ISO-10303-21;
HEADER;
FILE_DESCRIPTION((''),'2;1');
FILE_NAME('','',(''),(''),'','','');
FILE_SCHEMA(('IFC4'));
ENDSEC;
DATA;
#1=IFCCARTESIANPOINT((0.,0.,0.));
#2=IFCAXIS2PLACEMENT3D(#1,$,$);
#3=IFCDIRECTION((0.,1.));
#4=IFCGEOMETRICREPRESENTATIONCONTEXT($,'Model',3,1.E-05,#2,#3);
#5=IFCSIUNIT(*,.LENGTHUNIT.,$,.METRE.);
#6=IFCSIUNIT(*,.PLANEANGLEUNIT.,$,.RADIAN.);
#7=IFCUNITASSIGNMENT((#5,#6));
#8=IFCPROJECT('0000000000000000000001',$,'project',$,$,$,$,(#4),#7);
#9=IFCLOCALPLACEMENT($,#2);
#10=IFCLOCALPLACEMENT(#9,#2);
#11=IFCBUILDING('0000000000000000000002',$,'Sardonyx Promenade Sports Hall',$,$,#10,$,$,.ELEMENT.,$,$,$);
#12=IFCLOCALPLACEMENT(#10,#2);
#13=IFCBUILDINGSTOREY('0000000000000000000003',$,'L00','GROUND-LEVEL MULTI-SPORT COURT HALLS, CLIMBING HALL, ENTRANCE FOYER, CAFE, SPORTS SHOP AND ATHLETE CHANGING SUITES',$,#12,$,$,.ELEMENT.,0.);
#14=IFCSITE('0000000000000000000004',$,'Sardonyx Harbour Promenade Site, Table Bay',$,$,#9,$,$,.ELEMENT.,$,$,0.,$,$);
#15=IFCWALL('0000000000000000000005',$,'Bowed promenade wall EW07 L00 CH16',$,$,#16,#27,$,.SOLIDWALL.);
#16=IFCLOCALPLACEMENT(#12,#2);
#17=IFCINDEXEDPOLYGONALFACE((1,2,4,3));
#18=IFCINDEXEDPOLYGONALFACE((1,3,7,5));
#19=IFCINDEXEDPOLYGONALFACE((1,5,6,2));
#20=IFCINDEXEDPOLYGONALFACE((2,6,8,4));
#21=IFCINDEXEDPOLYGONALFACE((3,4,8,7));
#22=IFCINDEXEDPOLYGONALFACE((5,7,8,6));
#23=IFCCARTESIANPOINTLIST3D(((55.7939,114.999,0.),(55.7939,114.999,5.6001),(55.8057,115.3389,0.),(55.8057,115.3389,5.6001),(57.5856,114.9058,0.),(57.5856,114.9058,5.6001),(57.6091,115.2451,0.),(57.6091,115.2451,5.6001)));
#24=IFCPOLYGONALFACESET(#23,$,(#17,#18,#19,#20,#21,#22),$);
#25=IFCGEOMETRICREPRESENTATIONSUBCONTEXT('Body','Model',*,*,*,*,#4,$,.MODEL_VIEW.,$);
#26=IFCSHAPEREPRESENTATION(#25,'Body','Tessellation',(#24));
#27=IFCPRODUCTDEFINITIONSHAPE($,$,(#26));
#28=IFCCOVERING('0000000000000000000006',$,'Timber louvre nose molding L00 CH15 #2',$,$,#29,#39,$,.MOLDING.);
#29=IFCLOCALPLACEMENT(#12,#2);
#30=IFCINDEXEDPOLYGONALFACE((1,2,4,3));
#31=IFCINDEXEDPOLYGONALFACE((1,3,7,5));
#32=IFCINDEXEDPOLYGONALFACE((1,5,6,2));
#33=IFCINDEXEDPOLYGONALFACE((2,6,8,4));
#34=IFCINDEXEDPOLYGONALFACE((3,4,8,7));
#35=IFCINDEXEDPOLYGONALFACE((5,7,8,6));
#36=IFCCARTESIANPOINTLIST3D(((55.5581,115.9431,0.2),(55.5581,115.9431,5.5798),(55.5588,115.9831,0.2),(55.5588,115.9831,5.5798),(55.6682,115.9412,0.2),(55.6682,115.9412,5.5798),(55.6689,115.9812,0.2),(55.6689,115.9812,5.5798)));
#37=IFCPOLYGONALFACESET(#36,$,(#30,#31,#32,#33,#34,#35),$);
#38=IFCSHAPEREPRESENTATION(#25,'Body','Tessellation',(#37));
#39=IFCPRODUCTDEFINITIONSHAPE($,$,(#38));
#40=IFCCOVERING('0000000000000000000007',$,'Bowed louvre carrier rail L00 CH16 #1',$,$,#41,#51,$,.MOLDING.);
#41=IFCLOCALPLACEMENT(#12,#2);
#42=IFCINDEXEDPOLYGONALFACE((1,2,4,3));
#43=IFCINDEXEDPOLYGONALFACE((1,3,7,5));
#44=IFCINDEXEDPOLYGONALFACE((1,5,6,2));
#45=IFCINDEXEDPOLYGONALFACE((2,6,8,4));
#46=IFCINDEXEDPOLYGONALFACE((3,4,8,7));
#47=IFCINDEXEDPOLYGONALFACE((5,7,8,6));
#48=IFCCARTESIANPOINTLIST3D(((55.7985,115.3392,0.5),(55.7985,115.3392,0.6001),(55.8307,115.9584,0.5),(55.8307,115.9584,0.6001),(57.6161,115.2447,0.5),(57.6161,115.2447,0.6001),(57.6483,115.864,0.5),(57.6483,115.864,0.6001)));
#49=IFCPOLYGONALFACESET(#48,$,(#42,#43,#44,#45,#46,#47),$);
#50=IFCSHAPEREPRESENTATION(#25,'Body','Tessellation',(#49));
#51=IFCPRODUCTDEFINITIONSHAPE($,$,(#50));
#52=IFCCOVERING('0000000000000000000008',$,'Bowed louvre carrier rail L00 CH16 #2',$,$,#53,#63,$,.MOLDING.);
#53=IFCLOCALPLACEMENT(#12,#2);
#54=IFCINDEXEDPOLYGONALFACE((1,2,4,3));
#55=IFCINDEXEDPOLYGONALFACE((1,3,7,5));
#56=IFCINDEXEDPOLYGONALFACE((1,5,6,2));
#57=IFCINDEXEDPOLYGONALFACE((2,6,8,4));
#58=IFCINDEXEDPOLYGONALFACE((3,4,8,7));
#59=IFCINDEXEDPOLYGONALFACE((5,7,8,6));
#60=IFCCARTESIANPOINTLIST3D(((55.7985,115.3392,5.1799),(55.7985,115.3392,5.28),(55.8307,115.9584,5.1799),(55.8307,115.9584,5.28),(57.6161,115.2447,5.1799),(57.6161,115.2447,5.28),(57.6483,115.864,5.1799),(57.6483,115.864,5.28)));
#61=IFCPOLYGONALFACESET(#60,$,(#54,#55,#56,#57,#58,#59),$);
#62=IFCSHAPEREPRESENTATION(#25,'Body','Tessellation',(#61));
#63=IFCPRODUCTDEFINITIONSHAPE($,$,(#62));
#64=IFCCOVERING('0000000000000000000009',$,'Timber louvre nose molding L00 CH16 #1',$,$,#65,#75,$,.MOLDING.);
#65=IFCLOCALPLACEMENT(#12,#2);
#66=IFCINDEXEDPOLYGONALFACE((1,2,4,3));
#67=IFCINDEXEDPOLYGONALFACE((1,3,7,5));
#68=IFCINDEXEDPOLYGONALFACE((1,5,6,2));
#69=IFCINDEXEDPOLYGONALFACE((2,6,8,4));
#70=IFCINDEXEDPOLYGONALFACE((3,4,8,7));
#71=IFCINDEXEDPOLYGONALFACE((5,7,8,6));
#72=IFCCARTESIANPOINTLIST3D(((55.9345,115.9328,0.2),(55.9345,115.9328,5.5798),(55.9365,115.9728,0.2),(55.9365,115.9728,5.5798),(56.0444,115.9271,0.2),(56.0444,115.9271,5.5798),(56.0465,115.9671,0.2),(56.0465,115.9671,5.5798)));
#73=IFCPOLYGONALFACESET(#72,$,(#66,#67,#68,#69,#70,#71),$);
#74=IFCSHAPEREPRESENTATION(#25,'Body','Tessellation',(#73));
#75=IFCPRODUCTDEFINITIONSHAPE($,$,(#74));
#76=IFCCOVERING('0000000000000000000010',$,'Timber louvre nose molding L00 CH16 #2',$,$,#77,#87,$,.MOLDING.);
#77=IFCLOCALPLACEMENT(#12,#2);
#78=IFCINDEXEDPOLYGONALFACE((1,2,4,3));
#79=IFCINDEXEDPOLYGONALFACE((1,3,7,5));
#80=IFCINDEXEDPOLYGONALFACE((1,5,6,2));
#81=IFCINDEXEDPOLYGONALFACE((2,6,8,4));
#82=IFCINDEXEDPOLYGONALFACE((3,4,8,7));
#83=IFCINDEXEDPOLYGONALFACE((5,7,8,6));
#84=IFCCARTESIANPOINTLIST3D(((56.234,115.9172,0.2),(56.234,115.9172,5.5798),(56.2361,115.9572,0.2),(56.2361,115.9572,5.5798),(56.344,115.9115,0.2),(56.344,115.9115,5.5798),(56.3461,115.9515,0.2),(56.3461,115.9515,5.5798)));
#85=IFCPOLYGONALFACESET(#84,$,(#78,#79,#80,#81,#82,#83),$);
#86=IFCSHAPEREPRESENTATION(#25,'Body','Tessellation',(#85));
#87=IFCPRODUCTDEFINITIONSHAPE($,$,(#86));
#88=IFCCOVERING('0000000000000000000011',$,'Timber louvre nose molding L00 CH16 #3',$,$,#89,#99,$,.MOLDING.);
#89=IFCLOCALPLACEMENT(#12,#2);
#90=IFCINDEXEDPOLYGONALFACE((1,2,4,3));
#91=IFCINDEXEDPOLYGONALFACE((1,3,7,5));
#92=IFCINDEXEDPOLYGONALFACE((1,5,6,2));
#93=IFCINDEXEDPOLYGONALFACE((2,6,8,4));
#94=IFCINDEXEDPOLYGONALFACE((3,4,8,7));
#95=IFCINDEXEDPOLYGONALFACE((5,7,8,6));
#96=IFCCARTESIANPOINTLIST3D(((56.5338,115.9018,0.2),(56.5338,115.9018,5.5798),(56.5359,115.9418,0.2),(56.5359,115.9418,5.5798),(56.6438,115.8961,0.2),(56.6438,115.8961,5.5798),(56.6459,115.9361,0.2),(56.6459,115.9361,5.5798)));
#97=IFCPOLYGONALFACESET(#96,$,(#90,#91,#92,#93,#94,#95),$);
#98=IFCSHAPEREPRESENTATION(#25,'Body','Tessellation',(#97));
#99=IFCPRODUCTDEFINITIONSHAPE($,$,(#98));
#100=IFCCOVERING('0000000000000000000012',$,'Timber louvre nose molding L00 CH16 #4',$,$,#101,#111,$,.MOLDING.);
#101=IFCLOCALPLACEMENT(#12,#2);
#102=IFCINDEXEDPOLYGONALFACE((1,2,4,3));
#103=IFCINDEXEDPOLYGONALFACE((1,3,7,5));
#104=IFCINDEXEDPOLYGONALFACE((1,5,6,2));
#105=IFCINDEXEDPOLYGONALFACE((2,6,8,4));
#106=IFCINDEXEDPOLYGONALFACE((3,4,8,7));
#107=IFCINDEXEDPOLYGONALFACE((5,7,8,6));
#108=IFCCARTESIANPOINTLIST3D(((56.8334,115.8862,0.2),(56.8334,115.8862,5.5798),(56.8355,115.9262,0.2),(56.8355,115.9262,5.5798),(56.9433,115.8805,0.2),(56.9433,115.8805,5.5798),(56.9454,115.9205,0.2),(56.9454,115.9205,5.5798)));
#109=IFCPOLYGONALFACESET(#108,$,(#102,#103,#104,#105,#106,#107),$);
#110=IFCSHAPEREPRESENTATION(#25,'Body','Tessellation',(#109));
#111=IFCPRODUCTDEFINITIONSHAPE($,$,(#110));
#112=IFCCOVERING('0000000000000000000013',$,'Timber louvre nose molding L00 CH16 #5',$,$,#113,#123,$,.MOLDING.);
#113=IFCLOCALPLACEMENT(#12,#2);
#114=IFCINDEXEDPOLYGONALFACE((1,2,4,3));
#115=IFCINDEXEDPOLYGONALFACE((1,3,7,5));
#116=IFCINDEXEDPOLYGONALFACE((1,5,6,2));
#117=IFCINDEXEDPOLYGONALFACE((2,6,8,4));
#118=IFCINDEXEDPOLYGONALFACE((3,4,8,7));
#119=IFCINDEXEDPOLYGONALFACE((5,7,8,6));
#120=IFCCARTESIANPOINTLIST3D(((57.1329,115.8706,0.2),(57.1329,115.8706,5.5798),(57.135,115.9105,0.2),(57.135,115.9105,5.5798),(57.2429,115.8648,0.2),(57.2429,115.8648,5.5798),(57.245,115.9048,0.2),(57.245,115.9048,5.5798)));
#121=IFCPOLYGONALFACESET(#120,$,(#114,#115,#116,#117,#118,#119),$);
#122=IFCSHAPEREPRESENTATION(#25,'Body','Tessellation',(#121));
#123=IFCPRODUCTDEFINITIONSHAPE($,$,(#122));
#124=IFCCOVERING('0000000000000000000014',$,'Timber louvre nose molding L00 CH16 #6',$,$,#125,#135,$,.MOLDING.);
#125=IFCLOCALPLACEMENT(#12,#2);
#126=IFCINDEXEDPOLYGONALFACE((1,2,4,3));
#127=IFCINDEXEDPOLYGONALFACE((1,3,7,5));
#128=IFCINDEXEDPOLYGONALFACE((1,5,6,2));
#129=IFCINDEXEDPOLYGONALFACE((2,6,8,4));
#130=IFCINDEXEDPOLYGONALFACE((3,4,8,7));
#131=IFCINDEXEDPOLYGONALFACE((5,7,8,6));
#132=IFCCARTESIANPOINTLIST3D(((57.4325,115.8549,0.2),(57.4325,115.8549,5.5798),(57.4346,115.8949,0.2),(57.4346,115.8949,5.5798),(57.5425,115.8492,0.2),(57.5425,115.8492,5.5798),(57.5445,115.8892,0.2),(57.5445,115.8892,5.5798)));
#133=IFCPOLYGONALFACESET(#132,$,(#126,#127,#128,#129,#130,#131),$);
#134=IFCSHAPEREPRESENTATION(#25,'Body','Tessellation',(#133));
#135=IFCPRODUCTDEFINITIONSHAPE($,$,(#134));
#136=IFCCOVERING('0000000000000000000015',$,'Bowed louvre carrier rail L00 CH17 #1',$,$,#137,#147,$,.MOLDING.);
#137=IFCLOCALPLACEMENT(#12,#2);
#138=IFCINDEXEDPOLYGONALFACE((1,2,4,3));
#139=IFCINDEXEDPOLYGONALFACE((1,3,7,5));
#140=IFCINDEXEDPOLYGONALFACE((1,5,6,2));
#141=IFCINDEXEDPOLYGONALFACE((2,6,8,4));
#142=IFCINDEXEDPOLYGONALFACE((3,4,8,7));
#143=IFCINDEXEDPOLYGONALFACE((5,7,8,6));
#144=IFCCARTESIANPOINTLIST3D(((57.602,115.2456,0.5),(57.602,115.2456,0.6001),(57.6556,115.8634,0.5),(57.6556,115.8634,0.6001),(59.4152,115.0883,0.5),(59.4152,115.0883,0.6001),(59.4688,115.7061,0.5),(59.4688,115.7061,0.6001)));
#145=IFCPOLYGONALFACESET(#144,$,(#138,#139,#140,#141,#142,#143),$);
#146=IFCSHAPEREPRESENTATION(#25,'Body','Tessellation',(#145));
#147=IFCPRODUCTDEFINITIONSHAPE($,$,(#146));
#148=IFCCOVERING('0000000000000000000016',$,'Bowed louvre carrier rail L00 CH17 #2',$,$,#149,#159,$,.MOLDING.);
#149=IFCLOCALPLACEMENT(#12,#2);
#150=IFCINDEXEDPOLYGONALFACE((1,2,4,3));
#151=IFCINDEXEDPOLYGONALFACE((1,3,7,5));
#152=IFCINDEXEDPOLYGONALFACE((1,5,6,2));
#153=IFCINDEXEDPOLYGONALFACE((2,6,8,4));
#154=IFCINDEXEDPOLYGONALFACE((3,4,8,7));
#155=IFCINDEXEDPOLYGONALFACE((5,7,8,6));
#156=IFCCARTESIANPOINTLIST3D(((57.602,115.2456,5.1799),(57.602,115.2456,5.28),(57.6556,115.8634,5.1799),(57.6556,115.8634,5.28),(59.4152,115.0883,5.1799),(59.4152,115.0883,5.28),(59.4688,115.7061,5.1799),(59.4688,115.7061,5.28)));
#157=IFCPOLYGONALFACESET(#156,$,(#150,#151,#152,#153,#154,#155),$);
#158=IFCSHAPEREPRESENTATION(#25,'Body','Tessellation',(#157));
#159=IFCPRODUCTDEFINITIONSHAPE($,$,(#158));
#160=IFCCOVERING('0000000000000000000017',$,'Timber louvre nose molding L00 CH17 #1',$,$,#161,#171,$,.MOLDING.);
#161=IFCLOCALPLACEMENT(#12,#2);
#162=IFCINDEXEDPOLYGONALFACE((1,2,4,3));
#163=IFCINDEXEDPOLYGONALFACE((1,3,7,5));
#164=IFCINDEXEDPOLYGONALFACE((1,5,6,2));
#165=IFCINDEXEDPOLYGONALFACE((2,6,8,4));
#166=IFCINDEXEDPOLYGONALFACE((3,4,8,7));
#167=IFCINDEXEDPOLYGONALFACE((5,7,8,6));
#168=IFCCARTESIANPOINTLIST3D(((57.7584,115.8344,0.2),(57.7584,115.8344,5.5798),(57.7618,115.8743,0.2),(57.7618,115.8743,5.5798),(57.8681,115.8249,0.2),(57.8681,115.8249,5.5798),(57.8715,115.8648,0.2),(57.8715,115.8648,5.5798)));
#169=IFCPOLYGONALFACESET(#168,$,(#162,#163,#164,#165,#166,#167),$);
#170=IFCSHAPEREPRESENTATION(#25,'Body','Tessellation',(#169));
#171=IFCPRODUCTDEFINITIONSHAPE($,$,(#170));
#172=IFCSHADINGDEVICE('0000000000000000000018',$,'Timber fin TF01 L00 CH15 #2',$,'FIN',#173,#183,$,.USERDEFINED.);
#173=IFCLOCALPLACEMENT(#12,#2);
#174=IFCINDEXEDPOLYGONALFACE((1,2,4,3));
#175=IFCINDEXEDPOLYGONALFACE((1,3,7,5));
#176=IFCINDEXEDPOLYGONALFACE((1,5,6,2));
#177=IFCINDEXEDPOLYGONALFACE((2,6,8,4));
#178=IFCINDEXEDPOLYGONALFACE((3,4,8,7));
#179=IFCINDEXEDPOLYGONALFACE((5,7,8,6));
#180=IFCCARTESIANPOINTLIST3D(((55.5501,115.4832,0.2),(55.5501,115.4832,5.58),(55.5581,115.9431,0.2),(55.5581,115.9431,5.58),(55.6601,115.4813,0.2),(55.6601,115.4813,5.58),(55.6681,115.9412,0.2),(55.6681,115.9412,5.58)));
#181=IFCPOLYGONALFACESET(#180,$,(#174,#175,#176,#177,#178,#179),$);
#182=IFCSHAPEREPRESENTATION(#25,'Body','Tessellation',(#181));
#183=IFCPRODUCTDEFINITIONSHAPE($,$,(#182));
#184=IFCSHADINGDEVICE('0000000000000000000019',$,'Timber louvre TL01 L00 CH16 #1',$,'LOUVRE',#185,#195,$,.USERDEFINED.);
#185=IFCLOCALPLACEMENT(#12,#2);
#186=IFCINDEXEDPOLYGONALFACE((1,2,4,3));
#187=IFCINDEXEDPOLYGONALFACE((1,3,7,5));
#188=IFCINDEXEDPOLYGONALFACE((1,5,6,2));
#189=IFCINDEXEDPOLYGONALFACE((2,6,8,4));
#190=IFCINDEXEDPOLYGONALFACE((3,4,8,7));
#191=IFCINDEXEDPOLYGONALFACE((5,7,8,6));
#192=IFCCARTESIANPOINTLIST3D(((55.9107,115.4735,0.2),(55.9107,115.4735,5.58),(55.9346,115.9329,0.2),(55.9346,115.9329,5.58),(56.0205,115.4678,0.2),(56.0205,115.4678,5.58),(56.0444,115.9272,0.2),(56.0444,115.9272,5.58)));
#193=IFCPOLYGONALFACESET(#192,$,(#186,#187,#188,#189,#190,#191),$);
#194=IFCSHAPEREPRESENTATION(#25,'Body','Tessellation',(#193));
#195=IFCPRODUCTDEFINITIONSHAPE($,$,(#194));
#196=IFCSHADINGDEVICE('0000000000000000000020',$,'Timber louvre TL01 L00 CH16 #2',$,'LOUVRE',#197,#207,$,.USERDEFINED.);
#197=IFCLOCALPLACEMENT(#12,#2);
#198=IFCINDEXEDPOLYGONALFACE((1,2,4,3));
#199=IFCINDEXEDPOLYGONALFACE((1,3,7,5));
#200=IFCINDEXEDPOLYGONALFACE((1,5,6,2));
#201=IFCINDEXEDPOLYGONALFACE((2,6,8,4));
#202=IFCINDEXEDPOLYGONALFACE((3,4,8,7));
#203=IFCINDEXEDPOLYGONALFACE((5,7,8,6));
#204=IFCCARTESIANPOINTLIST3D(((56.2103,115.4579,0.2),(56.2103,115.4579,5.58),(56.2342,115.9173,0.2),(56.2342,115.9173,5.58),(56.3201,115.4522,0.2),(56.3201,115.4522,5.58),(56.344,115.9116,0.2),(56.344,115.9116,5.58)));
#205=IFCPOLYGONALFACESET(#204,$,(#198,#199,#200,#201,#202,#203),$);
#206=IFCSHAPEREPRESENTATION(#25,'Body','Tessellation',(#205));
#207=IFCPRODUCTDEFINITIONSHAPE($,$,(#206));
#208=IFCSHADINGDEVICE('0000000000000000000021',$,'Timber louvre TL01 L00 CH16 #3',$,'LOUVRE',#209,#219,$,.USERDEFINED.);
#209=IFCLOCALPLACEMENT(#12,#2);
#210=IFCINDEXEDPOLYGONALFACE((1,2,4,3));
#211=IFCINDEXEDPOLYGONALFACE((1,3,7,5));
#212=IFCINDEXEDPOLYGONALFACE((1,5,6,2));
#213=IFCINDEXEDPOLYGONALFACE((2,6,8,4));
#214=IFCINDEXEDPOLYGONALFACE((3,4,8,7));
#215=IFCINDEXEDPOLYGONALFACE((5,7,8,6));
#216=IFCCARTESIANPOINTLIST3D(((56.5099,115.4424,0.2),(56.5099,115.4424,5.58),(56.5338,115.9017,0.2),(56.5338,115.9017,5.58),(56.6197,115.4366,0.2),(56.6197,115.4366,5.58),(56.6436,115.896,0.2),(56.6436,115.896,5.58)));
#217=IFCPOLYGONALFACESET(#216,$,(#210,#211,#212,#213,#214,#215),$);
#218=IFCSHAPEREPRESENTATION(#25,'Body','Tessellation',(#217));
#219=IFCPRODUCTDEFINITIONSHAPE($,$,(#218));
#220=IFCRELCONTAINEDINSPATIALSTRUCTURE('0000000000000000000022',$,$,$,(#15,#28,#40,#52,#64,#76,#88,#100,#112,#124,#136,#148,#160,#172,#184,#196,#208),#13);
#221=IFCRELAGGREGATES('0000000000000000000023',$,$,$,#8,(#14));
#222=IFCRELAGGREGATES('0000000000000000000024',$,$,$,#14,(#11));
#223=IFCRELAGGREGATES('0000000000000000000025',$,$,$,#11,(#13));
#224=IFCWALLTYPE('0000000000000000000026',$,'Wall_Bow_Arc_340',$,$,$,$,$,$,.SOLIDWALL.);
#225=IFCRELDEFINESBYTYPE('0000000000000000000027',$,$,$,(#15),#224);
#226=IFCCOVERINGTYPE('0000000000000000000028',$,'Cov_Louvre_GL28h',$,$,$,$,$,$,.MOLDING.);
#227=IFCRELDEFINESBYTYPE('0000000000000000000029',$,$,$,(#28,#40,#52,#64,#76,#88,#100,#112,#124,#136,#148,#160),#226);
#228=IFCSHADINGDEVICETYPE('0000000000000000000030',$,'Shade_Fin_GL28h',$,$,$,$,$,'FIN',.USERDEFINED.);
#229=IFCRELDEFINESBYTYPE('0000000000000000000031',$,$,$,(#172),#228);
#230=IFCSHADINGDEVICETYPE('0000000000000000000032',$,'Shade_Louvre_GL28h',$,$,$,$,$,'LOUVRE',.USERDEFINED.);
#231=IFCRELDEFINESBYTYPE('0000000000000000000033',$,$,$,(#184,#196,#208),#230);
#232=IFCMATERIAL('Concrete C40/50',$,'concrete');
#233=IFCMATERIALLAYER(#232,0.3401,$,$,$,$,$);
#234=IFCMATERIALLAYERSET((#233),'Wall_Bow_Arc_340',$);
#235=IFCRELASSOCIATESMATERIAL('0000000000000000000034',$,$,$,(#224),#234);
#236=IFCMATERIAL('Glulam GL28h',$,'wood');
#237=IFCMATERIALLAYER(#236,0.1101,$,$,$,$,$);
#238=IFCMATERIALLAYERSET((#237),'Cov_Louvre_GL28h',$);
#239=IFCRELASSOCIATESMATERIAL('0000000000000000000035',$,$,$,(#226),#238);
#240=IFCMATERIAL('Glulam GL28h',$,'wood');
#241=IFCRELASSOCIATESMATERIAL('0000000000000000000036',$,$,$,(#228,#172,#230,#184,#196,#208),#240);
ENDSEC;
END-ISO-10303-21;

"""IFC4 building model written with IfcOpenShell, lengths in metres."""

from ifc_helpers import new_model, si_unit, direction, frame, origin, origin_2d, place, context, subcontext, project, spatial, polyline, rectangle, outline, extrude, material, layer, layer_set, type_object, element, save


model = new_model("IFC4")

# Units and contexts
model_context = context("Model", 3, precision=1e-05, world=origin(), true_north=direction((0.0, 1.0)))
body_context = subcontext(model_context, "Body", "Model", "MODEL_VIEW")
ifc_project = project(units=[si_unit("LENGTHUNIT", "METRE"), si_unit("PLANEANGLEUNIT", "RADIAN")], contexts=[model_context])

# Site, building, storey
site_placement = place(None, origin())
site = spatial("IfcSite", under=ifc_project, at=site_placement, Name="Sardonyx Harbour Promenade Site, Table Bay", CompositionType="ELEMENT", RefElevation=0.0)
building_placement = place(site_placement, origin())
building = spatial("IfcBuilding", under=site, at=building_placement, Name="Sardonyx Promenade Sports Hall", CompositionType="ELEMENT")
storey_placement = place(building_placement, origin())
storey = spatial("IfcBuildingStorey", under=building, at=storey_placement, Name="L00", Description="GROUND-LEVEL MULTI-SPORT COURT HALLS, CLIMBING HALL, ENTRANCE FOYER, CAFE, SPORTS SHOP AND ATHLETE CHANGING SUITES", CompositionType="ELEMENT", Elevation=0.0)

# Wall
ifc_material_1 = material(Name="Concrete C40/50", Category="concrete")
ifc_layer_1 = layer(ifc_material_1, 0.3401)
ifc_layer_set_1 = layer_set([ifc_layer_1], Name="Wall_Bow_Arc_340")
wall_type = type_object("IfcWallType", Name="Wall_Bow_Arc_340", PredefinedType="SOLIDWALL", material=ifc_layer_set_1)
wall_1_placement = place(storey_placement, frame((55.7998, 115.1689, 0.0), z_axis=(0.0, 0.0, 1.0), x_axis=(0.99865, -0.051947, 0.0)))
element("IfcWall", 1, at=wall_1_placement, inside=storey, type_object=wall_type, Name="Bowed promenade wall EW07 L00 CH16", PredefinedType="SOLIDWALL", context=body_context, shape_type="SweptSolid", body=[
    extrude(outline(polyline([(0.0029, -0.17), (1.7971, -0.17), (1.8029, 0.17), (-0.0029, 0.17), (0.0029, -0.17)])), origin(), (0.0, 0.0, 1.0), 5.6001),
])

# Coverings
ifc_material_2 = material(Name="Glulam GL28h", Category="wood")
ifc_layer_2 = layer(ifc_material_2, 0.1101)
ifc_layer_set_2 = layer_set([ifc_layer_2], Name="Cov_Louvre_GL28h")
covering_type = type_object("IfcCoveringType", Name="Cov_Louvre_GL28h", PredefinedType="MOLDING", material=ifc_layer_set_2)
covering_1_placement = place(storey_placement, frame((55.6135, 115.9622, 0.2), z_axis=(0.0, 0.0, 1.0), x_axis=(0.99985, -0.017308, 0.0)))
element("IfcCovering", 2, at=covering_1_placement, inside=storey, type_object=covering_type, Name="Timber louvre nose molding L00 CH15 #2", PredefinedType="MOLDING", context=body_context, shape_type="SweptSolid", body=[
    extrude(rectangle(XDim=0.1101, YDim=0.04, at=origin_2d()), origin(), (0.0, 0.0, 1.0), 5.3799),
])
for number, where, z_axis, x_axis, name in (
    (3, (56.7234, 115.6016, 0.5), (0.0, 0.0, 1.0), (0.998652, -0.051902, 0.0), "Bowed louvre carrier rail L00 CH16 #1"),
    (4, (56.7234, 115.6016, 5.1799), (0.0, 0.0, 1.0), (0.998652, -0.051902, 0.0), "Bowed louvre carrier rail L00 CH16 #2"),
):
    element("IfcCovering", number, at=place(storey_placement, frame(where, z_axis=z_axis, x_axis=x_axis)), inside=storey, type_object=covering_type, Name=name, PredefinedType="MOLDING", context=body_context, shape_type="SweptSolid", body=[
        extrude(rectangle(XDim=1.8201, YDim=0.6201, at=origin_2d()), origin(), (0.0, 0.0, 1.0), 0.1001),
    ])
for number, where, z_axis, x_axis, name in (
    (5, (55.9905, 115.95, 0.2), (0.0, 0.0, 1.0), (0.998652, -0.051902, 0.0), "Timber louvre nose molding L00 CH16 #1"),
    (6, (56.29, 115.9343, 0.2), (0.0, 0.0, 1.0), (0.998652, -0.051902, 0.0), "Timber louvre nose molding L00 CH16 #2"),
    (7, (56.5898, 115.9189, 0.2), (0.0, 0.0, 1.0), (0.998652, -0.051902, 0.0), "Timber louvre nose molding L00 CH16 #3"),
    (8, (56.8894, 115.9033, 0.2), (0.0, 0.0, 1.0), (0.998652, -0.051902, 0.0), "Timber louvre nose molding L00 CH16 #4"),
    (9, (57.189, 115.8877, 0.2), (0.0, 0.0, 1.0), (0.998652, -0.051902, 0.0), "Timber louvre nose molding L00 CH16 #5"),
    (10, (57.4885, 115.8721, 0.2), (0.0, 0.0, 1.0), (0.998652, -0.051902, 0.0), "Timber louvre nose molding L00 CH16 #6"),
):
    element("IfcCovering", number, at=place(storey_placement, frame(where, z_axis=z_axis, x_axis=x_axis)), inside=storey, type_object=covering_type, Name=name, PredefinedType="MOLDING", context=body_context, shape_type="SweptSolid", body=[
        extrude(rectangle(XDim=0.1101, YDim=0.04, at=origin_2d()), origin(), (0.0, 0.0, 1.0), 5.3799),
    ])
for number, where, z_axis, x_axis, name in (
    (11, (58.5354, 115.4758, 0.5), (0.0, 0.0, 1.0), (0.996258, -0.086434, 0.0), "Bowed louvre carrier rail L00 CH17 #1"),
    (12, (58.5354, 115.4758, 5.1799), (0.0, 0.0, 1.0), (0.996258, -0.086434, 0.0), "Bowed louvre carrier rail L00 CH17 #2"),
):
    element("IfcCovering", number, at=place(storey_placement, frame(where, z_axis=z_axis, x_axis=x_axis)), inside=storey, type_object=covering_type, Name=name, PredefinedType="MOLDING", context=body_context, shape_type="SweptSolid", body=[
        extrude(rectangle(XDim=1.8201, YDim=0.6201, at=origin_2d()), origin(), (0.0, 0.0, 1.0), 0.1001),
    ])
covering_2_placement = place(storey_placement, frame((57.8149, 115.8496, 0.2), z_axis=(0.0, 0.0, 1.0), x_axis=(0.996258, -0.086434, 0.0)))
element("IfcCovering", 13, at=covering_2_placement, inside=storey, type_object=covering_type, Name="Timber louvre nose molding L00 CH17 #1", PredefinedType="MOLDING", context=body_context, shape_type="SweptSolid", body=[
    extrude(rectangle(XDim=0.1101, YDim=0.04, at=origin_2d()), origin(), (0.0, 0.0, 1.0), 5.3799),
])

# Shading devices
ifc_material_3 = material(Name="Glulam GL28h", Category="wood")
shading_device_type_1 = type_object("IfcShadingDeviceType", Name="Shade_Fin_GL28h", ElementType="FIN", PredefinedType="USERDEFINED", material=ifc_material_3)
shading_device_placement = place(storey_placement, frame((55.6091, 115.7122, 0.2), z_axis=(0.0, 0.0, 1.0), x_axis=(0.99985, -0.017308, 0.0)))
element("IfcShadingDevice", 14, at=shading_device_placement, inside=storey, type_object=shading_device_type_1, material=ifc_material_3, Name="Timber fin TF01 L00 CH15 #2", ObjectType="FIN", PredefinedType="USERDEFINED", context=body_context, shape_type="SweptSolid", body=[
    extrude(rectangle(XDim=0.11, YDim=0.46), origin(), (0.0, 0.0, 1.0), 5.38),
])
shading_device_type_2 = type_object("IfcShadingDeviceType", Name="Shade_Louvre_GL28h", ElementType="LOUVRE", PredefinedType="USERDEFINED", material=ifc_material_3)
for number, where, z_axis, x_axis, name in (
    (15, (55.9776, 115.7003, 0.2), (0.0, 0.0, 1.0), (0.998652, -0.051902, 0.0), "Timber louvre TL01 L00 CH16 #1"),
    (16, (56.2772, 115.6848, 0.2), (0.0, 0.0, 1.0), (0.998652, -0.051902, 0.0), "Timber louvre TL01 L00 CH16 #2"),
    (17, (56.5767, 115.6692, 0.2), (0.0, 0.0, 1.0), (0.998652, -0.051902, 0.0), "Timber louvre TL01 L00 CH16 #3"),
):
    element("IfcShadingDevice", number, at=place(storey_placement, frame(where, z_axis=z_axis, x_axis=x_axis)), inside=storey, type_object=shading_device_type_2, material=ifc_material_3, Name=name, ObjectType="LOUVRE", PredefinedType="USERDEFINED", context=body_context, shape_type="SweptSolid", body=[
        extrude(rectangle(XDim=0.11, YDim=0.46), origin(), (0.0, 0.0, 1.0), 5.38),
    ])

save(model, "model.ifc")
